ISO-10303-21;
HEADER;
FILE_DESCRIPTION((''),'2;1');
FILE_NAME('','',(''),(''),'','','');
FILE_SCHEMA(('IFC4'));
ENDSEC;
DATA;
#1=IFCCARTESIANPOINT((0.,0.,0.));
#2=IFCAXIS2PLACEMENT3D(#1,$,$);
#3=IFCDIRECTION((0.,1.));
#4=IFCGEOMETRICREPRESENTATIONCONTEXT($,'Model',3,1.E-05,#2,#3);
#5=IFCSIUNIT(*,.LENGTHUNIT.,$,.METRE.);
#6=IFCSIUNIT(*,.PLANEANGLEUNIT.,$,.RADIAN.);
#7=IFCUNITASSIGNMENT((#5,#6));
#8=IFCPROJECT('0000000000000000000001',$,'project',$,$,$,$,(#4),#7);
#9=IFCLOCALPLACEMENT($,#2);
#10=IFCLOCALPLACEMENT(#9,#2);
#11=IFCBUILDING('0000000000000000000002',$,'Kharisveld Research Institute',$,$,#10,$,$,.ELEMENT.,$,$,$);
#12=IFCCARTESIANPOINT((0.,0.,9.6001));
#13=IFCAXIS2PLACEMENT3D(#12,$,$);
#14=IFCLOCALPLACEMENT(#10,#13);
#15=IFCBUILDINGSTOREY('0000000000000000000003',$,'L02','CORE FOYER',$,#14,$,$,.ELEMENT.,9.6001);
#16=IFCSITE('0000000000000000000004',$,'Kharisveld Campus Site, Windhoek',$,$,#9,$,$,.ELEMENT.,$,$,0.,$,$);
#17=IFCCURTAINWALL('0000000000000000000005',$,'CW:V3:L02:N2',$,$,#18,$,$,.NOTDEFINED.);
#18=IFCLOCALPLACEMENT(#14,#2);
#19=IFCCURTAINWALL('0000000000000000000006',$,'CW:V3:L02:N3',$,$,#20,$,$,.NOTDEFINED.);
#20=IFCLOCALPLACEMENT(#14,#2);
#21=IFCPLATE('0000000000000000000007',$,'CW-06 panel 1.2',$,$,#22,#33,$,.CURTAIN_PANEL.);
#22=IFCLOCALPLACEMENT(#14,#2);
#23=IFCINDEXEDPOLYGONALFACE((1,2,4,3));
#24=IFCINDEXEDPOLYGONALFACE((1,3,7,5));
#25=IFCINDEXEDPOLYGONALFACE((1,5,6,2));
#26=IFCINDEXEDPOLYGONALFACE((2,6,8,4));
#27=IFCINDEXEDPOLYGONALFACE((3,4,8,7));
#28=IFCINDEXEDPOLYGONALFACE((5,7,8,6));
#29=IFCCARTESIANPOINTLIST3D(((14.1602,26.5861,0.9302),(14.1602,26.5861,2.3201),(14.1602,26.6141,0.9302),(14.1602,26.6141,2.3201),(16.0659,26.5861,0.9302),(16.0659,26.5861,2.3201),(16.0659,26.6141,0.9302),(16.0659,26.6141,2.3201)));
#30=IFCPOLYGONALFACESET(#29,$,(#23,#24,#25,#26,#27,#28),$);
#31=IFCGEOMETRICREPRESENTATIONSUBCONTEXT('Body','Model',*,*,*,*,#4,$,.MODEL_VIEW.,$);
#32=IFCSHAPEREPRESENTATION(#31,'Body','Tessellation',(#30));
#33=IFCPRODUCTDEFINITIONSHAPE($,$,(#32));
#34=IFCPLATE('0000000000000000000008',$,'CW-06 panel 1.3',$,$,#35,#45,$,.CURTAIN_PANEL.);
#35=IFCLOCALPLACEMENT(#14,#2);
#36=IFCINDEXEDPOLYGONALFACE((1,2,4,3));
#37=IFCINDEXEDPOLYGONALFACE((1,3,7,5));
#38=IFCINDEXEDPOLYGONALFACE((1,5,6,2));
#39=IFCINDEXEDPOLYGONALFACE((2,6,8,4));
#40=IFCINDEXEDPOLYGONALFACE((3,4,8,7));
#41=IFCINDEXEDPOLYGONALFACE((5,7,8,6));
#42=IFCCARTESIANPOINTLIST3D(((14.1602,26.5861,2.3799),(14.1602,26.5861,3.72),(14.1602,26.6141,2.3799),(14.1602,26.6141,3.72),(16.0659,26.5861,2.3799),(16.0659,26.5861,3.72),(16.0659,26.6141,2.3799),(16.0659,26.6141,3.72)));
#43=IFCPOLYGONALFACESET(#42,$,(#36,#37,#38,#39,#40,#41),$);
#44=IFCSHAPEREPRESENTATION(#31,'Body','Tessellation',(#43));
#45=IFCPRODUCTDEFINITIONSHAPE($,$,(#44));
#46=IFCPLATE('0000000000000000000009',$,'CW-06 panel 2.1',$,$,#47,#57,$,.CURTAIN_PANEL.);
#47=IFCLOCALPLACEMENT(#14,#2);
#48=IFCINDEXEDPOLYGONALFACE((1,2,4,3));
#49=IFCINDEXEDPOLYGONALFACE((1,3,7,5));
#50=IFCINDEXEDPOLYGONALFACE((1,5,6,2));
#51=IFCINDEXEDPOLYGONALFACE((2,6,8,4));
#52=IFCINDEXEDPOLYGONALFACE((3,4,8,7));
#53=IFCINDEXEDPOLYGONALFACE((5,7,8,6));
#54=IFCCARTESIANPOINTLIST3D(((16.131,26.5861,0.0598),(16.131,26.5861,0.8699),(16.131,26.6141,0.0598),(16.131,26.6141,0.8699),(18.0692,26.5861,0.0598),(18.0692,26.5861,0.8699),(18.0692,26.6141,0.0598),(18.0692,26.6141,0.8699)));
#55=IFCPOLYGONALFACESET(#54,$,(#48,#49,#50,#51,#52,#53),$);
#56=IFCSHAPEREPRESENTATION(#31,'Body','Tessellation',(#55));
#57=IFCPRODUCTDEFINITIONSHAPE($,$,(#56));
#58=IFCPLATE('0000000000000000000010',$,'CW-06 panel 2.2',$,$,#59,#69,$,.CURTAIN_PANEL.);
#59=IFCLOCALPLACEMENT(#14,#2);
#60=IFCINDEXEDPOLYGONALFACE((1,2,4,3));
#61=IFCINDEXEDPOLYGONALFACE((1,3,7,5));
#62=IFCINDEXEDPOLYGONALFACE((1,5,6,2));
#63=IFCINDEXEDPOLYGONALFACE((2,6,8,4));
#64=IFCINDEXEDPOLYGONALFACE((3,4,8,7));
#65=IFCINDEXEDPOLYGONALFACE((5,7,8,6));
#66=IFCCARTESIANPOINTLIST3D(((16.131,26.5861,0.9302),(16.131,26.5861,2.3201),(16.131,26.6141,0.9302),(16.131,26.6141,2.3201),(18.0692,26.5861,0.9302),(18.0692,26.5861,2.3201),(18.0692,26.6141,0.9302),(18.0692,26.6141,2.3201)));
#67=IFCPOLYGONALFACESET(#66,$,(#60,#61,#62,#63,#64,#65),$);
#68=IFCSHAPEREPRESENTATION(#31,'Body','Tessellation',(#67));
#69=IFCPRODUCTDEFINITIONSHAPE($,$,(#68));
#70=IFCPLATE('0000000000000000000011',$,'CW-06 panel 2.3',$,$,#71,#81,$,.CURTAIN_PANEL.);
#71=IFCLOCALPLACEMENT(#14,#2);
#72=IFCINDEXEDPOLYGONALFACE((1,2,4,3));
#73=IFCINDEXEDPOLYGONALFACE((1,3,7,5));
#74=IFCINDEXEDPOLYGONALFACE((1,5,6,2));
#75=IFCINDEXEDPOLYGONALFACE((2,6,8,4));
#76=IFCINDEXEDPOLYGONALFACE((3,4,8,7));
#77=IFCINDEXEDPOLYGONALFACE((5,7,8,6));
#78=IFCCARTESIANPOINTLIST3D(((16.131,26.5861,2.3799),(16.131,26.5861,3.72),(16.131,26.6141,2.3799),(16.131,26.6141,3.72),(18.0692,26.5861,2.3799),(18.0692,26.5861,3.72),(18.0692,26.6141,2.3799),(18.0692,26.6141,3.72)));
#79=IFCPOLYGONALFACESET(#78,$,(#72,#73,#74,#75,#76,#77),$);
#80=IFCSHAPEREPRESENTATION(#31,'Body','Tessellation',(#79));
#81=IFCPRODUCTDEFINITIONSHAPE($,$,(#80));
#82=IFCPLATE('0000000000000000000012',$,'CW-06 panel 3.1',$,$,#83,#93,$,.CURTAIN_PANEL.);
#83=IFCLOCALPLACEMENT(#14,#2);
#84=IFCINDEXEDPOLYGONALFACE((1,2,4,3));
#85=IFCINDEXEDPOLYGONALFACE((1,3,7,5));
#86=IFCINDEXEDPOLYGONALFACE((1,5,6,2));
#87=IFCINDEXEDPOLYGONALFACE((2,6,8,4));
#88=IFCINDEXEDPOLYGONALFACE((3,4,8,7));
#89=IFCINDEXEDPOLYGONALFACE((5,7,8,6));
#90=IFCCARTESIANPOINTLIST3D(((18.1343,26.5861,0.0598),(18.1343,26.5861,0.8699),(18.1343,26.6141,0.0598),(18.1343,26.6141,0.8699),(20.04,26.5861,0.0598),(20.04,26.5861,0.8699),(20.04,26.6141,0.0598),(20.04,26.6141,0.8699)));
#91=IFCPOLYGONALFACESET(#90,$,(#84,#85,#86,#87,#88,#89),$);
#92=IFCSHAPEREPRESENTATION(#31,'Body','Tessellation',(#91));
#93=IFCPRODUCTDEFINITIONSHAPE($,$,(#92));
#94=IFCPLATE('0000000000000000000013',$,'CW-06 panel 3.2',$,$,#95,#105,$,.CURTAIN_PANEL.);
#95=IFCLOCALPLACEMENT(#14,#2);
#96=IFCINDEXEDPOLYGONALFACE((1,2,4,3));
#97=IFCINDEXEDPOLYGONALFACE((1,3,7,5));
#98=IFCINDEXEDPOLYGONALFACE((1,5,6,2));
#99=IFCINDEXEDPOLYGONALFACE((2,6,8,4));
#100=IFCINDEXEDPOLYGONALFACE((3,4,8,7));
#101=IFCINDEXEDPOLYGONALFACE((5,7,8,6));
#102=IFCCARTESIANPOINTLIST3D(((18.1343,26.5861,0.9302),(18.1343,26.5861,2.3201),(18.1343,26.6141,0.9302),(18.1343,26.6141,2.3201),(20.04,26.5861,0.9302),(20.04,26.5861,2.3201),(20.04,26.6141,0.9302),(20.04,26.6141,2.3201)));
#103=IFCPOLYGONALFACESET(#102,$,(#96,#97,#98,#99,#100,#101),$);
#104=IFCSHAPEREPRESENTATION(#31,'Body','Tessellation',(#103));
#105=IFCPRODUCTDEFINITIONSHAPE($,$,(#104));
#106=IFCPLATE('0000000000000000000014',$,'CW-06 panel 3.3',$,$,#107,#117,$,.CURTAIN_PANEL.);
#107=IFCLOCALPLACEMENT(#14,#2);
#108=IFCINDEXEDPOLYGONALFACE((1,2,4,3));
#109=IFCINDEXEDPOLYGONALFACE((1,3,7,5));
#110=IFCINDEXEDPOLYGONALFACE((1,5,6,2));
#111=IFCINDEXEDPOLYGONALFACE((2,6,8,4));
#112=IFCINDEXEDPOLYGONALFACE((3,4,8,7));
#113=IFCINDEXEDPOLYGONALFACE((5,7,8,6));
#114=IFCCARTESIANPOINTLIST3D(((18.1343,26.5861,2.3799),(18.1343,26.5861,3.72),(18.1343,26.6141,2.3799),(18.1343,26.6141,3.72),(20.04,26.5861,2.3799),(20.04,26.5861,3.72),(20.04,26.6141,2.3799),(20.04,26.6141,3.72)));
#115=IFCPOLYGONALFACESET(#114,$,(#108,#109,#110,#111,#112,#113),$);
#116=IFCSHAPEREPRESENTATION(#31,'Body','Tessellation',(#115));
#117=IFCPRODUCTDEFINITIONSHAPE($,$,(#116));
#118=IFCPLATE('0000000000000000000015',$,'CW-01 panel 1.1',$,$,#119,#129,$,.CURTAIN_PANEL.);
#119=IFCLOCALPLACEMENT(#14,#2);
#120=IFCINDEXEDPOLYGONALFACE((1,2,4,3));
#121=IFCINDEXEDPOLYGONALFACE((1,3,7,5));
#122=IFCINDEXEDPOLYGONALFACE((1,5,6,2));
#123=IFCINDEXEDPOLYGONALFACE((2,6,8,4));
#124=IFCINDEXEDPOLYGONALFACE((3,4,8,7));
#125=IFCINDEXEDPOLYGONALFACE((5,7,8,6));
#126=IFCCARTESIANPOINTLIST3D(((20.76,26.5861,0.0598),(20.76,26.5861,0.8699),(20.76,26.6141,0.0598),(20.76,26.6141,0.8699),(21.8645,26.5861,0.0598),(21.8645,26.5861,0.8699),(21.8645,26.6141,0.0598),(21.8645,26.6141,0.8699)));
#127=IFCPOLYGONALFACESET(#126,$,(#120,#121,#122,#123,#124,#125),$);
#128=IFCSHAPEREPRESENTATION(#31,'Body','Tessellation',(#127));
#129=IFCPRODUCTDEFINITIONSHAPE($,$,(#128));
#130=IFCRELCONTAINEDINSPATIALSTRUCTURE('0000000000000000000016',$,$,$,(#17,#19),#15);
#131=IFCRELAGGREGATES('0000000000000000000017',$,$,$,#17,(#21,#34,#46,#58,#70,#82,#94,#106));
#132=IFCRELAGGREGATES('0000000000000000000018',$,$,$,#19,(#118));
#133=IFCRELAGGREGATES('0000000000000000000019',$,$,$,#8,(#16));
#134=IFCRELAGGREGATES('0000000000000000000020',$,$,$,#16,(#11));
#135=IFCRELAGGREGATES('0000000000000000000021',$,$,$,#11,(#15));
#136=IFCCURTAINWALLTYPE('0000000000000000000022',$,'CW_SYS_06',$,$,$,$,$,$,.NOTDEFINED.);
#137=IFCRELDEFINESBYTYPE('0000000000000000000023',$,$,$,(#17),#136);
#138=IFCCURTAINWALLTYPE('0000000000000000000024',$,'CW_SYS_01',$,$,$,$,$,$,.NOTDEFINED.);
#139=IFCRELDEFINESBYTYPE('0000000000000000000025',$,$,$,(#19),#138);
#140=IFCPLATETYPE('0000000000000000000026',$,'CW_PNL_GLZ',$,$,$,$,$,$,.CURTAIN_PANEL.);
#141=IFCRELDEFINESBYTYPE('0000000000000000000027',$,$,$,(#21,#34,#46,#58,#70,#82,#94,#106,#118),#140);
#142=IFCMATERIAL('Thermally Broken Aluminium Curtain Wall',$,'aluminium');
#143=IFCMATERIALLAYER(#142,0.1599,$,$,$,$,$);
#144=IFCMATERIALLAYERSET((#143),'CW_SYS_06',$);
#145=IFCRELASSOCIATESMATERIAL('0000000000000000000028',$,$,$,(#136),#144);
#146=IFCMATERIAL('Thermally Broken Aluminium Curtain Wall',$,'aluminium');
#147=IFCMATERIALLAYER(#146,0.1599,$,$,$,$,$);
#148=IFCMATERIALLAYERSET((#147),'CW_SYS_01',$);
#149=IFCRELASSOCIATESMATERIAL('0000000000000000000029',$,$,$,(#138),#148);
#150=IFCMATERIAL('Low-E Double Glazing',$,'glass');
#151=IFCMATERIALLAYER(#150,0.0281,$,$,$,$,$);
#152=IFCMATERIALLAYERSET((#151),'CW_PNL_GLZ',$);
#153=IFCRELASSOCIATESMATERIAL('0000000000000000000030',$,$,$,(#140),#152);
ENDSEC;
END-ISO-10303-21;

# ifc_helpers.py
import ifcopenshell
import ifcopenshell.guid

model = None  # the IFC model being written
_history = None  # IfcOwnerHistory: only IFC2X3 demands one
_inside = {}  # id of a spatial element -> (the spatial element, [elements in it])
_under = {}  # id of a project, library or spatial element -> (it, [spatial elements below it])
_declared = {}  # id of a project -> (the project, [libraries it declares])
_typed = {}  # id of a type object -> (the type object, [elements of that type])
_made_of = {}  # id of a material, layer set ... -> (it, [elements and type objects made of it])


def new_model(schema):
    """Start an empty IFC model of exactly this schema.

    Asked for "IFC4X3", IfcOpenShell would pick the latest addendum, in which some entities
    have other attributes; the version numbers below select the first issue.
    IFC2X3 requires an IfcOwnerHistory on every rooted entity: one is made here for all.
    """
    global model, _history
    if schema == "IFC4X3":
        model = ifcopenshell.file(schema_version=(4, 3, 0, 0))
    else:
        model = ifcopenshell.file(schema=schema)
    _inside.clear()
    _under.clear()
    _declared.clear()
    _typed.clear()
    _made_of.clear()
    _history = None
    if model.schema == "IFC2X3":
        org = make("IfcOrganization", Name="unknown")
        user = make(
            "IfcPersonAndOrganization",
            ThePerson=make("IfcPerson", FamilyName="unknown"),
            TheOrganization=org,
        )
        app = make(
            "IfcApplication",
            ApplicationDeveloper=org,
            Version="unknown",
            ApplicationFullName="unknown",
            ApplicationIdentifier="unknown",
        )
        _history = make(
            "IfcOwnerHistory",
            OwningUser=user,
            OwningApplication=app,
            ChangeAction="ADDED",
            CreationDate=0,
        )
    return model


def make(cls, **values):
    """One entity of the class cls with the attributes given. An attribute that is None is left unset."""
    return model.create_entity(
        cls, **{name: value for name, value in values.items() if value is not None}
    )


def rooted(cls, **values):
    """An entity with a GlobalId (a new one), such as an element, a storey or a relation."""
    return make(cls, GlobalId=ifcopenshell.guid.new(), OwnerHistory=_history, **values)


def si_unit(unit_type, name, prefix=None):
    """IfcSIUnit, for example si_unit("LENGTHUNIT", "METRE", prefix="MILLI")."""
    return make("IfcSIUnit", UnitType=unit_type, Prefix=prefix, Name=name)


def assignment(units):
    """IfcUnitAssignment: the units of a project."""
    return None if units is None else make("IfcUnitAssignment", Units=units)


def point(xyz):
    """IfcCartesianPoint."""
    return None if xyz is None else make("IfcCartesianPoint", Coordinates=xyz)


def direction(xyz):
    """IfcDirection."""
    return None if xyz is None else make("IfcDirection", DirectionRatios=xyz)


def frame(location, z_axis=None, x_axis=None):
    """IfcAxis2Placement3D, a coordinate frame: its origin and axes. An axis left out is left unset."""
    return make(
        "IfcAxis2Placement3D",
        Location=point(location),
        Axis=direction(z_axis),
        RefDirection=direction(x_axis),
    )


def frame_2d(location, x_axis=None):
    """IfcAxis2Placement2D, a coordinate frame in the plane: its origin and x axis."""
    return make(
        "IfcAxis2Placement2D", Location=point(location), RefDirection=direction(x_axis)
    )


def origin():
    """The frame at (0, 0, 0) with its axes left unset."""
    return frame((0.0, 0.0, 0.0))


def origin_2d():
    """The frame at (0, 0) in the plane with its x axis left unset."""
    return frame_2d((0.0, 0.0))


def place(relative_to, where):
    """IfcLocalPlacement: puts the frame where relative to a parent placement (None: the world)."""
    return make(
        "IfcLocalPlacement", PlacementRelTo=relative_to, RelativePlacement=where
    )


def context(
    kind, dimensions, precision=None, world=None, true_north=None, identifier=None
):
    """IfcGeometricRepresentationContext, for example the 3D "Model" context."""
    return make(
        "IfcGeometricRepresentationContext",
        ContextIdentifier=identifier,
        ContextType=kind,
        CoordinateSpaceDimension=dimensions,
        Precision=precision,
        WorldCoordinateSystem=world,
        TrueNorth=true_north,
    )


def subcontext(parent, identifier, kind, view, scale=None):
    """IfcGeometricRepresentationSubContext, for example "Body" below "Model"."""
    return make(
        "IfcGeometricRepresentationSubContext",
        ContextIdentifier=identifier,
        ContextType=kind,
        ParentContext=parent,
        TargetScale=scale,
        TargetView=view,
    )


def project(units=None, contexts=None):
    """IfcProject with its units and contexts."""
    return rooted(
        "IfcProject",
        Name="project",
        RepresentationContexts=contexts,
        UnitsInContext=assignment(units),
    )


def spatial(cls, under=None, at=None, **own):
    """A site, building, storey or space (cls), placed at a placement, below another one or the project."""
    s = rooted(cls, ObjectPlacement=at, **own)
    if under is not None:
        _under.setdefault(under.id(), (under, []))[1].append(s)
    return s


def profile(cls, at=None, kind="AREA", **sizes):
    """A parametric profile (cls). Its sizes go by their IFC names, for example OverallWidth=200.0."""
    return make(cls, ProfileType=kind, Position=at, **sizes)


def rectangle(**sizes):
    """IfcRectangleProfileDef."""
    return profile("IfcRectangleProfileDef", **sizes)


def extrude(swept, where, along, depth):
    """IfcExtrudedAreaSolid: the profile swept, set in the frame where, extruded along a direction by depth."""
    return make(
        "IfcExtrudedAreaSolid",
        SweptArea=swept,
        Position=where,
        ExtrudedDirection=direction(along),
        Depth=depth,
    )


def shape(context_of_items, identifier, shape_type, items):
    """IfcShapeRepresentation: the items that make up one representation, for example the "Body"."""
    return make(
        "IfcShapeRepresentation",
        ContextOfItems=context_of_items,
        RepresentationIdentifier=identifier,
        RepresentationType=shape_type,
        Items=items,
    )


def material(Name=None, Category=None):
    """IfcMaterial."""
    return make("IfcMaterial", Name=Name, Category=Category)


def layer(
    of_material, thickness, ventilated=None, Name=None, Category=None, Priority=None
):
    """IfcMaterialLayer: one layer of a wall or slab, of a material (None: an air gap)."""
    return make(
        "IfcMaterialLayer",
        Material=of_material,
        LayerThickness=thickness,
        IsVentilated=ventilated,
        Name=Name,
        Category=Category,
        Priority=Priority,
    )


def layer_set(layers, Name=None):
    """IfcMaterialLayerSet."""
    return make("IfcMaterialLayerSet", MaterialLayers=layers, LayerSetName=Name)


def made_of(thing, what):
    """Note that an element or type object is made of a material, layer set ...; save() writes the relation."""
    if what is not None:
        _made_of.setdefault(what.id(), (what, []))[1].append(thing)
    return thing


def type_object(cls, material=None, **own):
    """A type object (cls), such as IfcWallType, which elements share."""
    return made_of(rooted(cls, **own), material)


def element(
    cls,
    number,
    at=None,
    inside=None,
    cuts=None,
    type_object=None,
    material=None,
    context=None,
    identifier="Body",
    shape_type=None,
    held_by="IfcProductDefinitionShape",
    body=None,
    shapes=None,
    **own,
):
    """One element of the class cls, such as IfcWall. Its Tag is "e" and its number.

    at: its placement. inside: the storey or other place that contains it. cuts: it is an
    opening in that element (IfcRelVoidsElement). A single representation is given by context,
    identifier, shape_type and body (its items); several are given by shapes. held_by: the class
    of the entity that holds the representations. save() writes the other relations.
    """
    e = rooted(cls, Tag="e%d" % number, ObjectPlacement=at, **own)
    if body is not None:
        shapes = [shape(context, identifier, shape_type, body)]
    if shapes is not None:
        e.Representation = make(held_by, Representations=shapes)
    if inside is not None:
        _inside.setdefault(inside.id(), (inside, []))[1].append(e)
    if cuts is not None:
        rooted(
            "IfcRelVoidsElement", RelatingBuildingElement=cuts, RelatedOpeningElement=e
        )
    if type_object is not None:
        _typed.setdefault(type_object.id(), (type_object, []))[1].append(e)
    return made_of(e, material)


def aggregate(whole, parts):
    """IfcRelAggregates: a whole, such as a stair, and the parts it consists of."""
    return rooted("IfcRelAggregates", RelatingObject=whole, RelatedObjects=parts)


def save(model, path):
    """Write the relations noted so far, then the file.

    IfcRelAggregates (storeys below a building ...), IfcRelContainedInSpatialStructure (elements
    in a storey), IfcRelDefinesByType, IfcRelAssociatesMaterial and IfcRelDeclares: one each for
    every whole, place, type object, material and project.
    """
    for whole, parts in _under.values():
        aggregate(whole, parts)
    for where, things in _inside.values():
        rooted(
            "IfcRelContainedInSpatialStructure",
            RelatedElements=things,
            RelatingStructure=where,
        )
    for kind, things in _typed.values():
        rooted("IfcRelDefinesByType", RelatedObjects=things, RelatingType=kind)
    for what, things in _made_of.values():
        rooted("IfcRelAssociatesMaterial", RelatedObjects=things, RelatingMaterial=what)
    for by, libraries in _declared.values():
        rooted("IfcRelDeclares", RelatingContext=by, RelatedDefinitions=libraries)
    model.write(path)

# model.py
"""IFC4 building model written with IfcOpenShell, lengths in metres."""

from ifc_helpers import new_model, si_unit, direction, frame, origin, origin_2d, place, context, subcontext, project, spatial, rectangle, extrude, material, layer, layer_set, type_object, element, aggregate, save


model = new_model("IFC4")

# Units and contexts
model_context = context("Model", 3, precision=1e-05, world=origin(), true_north=direction((0.0, 1.0)))
body_context = subcontext(model_context, "Body", "Model", "MODEL_VIEW")
ifc_project = project(units=[si_unit("LENGTHUNIT", "METRE"), si_unit("PLANEANGLEUNIT", "RADIAN")], contexts=[model_context])

# Site, building, storey
site_placement = place(None, origin())
site = spatial("IfcSite", under=ifc_project, at=site_placement, Name="Kharisveld Campus Site, Windhoek", CompositionType="ELEMENT", RefElevation=0.0)
building_placement = place(site_placement, origin())
building = spatial("IfcBuilding", under=site, at=building_placement, Name="Kharisveld Research Institute", CompositionType="ELEMENT")
storey_placement = place(building_placement, frame((0.0, 0.0, 9.6001)))
storey = spatial("IfcBuildingStorey", under=building, at=storey_placement, Name="L02", Description="CORE FOYER", CompositionType="ELEMENT", Elevation=9.6001)

# Curtain wall
ifc_material_1 = material(Name="Thermally Broken Aluminium Curtain Wall", Category="aluminium")
ifc_layer_1 = layer(ifc_material_1, 0.1599)
ifc_layer_set_1 = layer_set([ifc_layer_1], Name="CW_SYS_06")
curtain_wall_type_1 = type_object("IfcCurtainWallType", Name="CW_SYS_06", PredefinedType="NOTDEFINED", material=ifc_layer_set_1)
curtain_wall_1_placement = place(storey_placement, origin())
curtain_wall_1 = element("IfcCurtainWall", 1, at=curtain_wall_1_placement, inside=storey, type_object=curtain_wall_type_1, Name="CW:V3:L02:N2", PredefinedType="NOTDEFINED")

# Curtain wall
ifc_material_2 = material(Name="Thermally Broken Aluminium Curtain Wall", Category="aluminium")
ifc_layer_2 = layer(ifc_material_2, 0.1599)
ifc_layer_set_2 = layer_set([ifc_layer_2], Name="CW_SYS_01")
curtain_wall_type_2 = type_object("IfcCurtainWallType", Name="CW_SYS_01", PredefinedType="NOTDEFINED", material=ifc_layer_set_2)
curtain_wall_2_placement = place(storey_placement, origin())
curtain_wall_2 = element("IfcCurtainWall", 2, at=curtain_wall_2_placement, inside=storey, type_object=curtain_wall_type_2, Name="CW:V3:L02:N3", PredefinedType="NOTDEFINED")

# Plates
ifc_material_3 = material(Name="Low-E Double Glazing", Category="glass")
ifc_layer_3 = layer(ifc_material_3, 0.0281)
ifc_layer_set_3 = layer_set([ifc_layer_3], Name="CW_PNL_GLZ")
plate_type = type_object("IfcPlateType", Name="CW_PNL_GLZ", PredefinedType="CURTAIN_PANEL", material=ifc_layer_set_3)
plate_1_placement = place(storey_placement, frame((15.113, 26.6001, 0.9302), z_axis=(0.0, 0.0, 1.0), x_axis=(1.0, 0.0, 0.0)))
plate_1 = element("IfcPlate", 3, at=plate_1_placement, type_object=plate_type, Name="CW-06 panel 1.2", PredefinedType="CURTAIN_PANEL", context=body_context, shape_type="SweptSolid", body=[
    extrude(rectangle(XDim=1.9058, YDim=0.0281, at=origin_2d()), origin(), (0.0, 0.0, 1.0), 1.3899),
])
plate_2_placement = place(storey_placement, frame((15.113, 26.6001, 2.3799), z_axis=(0.0, 0.0, 1.0), x_axis=(1.0, 0.0, 0.0)))
plate_2 = element("IfcPlate", 4, at=plate_2_placement, type_object=plate_type, Name="CW-06 panel 1.3", PredefinedType="CURTAIN_PANEL", context=body_context, shape_type="SweptSolid", body=[
    extrude(rectangle(XDim=1.9058, YDim=0.0281, at=origin_2d()), origin(), (0.0, 0.0, 1.0), 1.3401),
])
plate_3_placement = place(storey_placement, frame((17.1001, 26.6001, 0.0598), z_axis=(0.0, 0.0, 1.0), x_axis=(1.0, 0.0, 0.0)))
plate_3 = element("IfcPlate", 5, at=plate_3_placement, type_object=plate_type, Name="CW-06 panel 2.1", PredefinedType="CURTAIN_PANEL", context=body_context, shape_type="SweptSolid", body=[
    extrude(rectangle(XDim=1.9382, YDim=0.0281, at=origin_2d()), origin(), (0.0, 0.0, 1.0), 0.8101),
])
plate_4_placement = place(storey_placement, frame((17.1001, 26.6001, 0.9302), z_axis=(0.0, 0.0, 1.0), x_axis=(1.0, 0.0, 0.0)))
plate_4 = element("IfcPlate", 6, at=plate_4_placement, type_object=plate_type, Name="CW-06 panel 2.2", PredefinedType="CURTAIN_PANEL", context=body_context, shape_type="SweptSolid", body=[
    extrude(rectangle(XDim=1.9382, YDim=0.0281, at=origin_2d()), origin(), (0.0, 0.0, 1.0), 1.3899),
])
plate_5_placement = place(storey_placement, frame((17.1001, 26.6001, 2.3799), z_axis=(0.0, 0.0, 1.0), x_axis=(1.0, 0.0, 0.0)))
plate_5 = element("IfcPlate", 7, at=plate_5_placement, type_object=plate_type, Name="CW-06 panel 2.3", PredefinedType="CURTAIN_PANEL", context=body_context, shape_type="SweptSolid", body=[
    extrude(rectangle(XDim=1.9382, YDim=0.0281, at=origin_2d()), origin(), (0.0, 0.0, 1.0), 1.3401),
])
plate_6_placement = place(storey_placement, frame((19.0872, 26.6001, 0.0598), z_axis=(0.0, 0.0, 1.0), x_axis=(1.0, 0.0, 0.0)))
plate_6 = element("IfcPlate", 8, at=plate_6_placement, type_object=plate_type, Name="CW-06 panel 3.1", PredefinedType="CURTAIN_PANEL", context=body_context, shape_type="SweptSolid", body=[
    extrude(rectangle(XDim=1.9058, YDim=0.0281, at=origin_2d()), origin(), (0.0, 0.0, 1.0), 0.8101),
])
plate_7_placement = place(storey_placement, frame((19.0872, 26.6001, 0.9302), z_axis=(0.0, 0.0, 1.0), x_axis=(1.0, 0.0, 0.0)))
plate_7 = element("IfcPlate", 9, at=plate_7_placement, type_object=plate_type, Name="CW-06 panel 3.2", PredefinedType="CURTAIN_PANEL", context=body_context, shape_type="SweptSolid", body=[
    extrude(rectangle(XDim=1.9058, YDim=0.0281, at=origin_2d()), origin(), (0.0, 0.0, 1.0), 1.3899),
])
plate_8_placement = place(storey_placement, frame((19.0872, 26.6001, 2.3799), z_axis=(0.0, 0.0, 1.0), x_axis=(1.0, 0.0, 0.0)))
plate_8 = element("IfcPlate", 10, at=plate_8_placement, type_object=plate_type, Name="CW-06 panel 3.3", PredefinedType="CURTAIN_PANEL", context=body_context, shape_type="SweptSolid", body=[
    extrude(rectangle(XDim=1.9058, YDim=0.0281, at=origin_2d()), origin(), (0.0, 0.0, 1.0), 1.3401),
])
aggregate(curtain_wall_1, [plate_1, plate_2, plate_3, plate_4, plate_5, plate_6, plate_7, plate_8])
plate_9_placement = place(storey_placement, frame((21.3123, 26.6001, 0.0598), z_axis=(0.0, 0.0, 1.0), x_axis=(1.0, 0.0, 0.0)))
plate_9 = element("IfcPlate", 11, at=plate_9_placement, type_object=plate_type, Name="CW-01 panel 1.1", PredefinedType="CURTAIN_PANEL", context=body_context, shape_type="SweptSolid", body=[
    extrude(rectangle(XDim=1.1045, YDim=0.0281, at=origin_2d()), origin(), (0.0, 0.0, 1.0), 0.8101),
])
aggregate(curtain_wall_2, [plate_9])

save(model, "model.ifc")
